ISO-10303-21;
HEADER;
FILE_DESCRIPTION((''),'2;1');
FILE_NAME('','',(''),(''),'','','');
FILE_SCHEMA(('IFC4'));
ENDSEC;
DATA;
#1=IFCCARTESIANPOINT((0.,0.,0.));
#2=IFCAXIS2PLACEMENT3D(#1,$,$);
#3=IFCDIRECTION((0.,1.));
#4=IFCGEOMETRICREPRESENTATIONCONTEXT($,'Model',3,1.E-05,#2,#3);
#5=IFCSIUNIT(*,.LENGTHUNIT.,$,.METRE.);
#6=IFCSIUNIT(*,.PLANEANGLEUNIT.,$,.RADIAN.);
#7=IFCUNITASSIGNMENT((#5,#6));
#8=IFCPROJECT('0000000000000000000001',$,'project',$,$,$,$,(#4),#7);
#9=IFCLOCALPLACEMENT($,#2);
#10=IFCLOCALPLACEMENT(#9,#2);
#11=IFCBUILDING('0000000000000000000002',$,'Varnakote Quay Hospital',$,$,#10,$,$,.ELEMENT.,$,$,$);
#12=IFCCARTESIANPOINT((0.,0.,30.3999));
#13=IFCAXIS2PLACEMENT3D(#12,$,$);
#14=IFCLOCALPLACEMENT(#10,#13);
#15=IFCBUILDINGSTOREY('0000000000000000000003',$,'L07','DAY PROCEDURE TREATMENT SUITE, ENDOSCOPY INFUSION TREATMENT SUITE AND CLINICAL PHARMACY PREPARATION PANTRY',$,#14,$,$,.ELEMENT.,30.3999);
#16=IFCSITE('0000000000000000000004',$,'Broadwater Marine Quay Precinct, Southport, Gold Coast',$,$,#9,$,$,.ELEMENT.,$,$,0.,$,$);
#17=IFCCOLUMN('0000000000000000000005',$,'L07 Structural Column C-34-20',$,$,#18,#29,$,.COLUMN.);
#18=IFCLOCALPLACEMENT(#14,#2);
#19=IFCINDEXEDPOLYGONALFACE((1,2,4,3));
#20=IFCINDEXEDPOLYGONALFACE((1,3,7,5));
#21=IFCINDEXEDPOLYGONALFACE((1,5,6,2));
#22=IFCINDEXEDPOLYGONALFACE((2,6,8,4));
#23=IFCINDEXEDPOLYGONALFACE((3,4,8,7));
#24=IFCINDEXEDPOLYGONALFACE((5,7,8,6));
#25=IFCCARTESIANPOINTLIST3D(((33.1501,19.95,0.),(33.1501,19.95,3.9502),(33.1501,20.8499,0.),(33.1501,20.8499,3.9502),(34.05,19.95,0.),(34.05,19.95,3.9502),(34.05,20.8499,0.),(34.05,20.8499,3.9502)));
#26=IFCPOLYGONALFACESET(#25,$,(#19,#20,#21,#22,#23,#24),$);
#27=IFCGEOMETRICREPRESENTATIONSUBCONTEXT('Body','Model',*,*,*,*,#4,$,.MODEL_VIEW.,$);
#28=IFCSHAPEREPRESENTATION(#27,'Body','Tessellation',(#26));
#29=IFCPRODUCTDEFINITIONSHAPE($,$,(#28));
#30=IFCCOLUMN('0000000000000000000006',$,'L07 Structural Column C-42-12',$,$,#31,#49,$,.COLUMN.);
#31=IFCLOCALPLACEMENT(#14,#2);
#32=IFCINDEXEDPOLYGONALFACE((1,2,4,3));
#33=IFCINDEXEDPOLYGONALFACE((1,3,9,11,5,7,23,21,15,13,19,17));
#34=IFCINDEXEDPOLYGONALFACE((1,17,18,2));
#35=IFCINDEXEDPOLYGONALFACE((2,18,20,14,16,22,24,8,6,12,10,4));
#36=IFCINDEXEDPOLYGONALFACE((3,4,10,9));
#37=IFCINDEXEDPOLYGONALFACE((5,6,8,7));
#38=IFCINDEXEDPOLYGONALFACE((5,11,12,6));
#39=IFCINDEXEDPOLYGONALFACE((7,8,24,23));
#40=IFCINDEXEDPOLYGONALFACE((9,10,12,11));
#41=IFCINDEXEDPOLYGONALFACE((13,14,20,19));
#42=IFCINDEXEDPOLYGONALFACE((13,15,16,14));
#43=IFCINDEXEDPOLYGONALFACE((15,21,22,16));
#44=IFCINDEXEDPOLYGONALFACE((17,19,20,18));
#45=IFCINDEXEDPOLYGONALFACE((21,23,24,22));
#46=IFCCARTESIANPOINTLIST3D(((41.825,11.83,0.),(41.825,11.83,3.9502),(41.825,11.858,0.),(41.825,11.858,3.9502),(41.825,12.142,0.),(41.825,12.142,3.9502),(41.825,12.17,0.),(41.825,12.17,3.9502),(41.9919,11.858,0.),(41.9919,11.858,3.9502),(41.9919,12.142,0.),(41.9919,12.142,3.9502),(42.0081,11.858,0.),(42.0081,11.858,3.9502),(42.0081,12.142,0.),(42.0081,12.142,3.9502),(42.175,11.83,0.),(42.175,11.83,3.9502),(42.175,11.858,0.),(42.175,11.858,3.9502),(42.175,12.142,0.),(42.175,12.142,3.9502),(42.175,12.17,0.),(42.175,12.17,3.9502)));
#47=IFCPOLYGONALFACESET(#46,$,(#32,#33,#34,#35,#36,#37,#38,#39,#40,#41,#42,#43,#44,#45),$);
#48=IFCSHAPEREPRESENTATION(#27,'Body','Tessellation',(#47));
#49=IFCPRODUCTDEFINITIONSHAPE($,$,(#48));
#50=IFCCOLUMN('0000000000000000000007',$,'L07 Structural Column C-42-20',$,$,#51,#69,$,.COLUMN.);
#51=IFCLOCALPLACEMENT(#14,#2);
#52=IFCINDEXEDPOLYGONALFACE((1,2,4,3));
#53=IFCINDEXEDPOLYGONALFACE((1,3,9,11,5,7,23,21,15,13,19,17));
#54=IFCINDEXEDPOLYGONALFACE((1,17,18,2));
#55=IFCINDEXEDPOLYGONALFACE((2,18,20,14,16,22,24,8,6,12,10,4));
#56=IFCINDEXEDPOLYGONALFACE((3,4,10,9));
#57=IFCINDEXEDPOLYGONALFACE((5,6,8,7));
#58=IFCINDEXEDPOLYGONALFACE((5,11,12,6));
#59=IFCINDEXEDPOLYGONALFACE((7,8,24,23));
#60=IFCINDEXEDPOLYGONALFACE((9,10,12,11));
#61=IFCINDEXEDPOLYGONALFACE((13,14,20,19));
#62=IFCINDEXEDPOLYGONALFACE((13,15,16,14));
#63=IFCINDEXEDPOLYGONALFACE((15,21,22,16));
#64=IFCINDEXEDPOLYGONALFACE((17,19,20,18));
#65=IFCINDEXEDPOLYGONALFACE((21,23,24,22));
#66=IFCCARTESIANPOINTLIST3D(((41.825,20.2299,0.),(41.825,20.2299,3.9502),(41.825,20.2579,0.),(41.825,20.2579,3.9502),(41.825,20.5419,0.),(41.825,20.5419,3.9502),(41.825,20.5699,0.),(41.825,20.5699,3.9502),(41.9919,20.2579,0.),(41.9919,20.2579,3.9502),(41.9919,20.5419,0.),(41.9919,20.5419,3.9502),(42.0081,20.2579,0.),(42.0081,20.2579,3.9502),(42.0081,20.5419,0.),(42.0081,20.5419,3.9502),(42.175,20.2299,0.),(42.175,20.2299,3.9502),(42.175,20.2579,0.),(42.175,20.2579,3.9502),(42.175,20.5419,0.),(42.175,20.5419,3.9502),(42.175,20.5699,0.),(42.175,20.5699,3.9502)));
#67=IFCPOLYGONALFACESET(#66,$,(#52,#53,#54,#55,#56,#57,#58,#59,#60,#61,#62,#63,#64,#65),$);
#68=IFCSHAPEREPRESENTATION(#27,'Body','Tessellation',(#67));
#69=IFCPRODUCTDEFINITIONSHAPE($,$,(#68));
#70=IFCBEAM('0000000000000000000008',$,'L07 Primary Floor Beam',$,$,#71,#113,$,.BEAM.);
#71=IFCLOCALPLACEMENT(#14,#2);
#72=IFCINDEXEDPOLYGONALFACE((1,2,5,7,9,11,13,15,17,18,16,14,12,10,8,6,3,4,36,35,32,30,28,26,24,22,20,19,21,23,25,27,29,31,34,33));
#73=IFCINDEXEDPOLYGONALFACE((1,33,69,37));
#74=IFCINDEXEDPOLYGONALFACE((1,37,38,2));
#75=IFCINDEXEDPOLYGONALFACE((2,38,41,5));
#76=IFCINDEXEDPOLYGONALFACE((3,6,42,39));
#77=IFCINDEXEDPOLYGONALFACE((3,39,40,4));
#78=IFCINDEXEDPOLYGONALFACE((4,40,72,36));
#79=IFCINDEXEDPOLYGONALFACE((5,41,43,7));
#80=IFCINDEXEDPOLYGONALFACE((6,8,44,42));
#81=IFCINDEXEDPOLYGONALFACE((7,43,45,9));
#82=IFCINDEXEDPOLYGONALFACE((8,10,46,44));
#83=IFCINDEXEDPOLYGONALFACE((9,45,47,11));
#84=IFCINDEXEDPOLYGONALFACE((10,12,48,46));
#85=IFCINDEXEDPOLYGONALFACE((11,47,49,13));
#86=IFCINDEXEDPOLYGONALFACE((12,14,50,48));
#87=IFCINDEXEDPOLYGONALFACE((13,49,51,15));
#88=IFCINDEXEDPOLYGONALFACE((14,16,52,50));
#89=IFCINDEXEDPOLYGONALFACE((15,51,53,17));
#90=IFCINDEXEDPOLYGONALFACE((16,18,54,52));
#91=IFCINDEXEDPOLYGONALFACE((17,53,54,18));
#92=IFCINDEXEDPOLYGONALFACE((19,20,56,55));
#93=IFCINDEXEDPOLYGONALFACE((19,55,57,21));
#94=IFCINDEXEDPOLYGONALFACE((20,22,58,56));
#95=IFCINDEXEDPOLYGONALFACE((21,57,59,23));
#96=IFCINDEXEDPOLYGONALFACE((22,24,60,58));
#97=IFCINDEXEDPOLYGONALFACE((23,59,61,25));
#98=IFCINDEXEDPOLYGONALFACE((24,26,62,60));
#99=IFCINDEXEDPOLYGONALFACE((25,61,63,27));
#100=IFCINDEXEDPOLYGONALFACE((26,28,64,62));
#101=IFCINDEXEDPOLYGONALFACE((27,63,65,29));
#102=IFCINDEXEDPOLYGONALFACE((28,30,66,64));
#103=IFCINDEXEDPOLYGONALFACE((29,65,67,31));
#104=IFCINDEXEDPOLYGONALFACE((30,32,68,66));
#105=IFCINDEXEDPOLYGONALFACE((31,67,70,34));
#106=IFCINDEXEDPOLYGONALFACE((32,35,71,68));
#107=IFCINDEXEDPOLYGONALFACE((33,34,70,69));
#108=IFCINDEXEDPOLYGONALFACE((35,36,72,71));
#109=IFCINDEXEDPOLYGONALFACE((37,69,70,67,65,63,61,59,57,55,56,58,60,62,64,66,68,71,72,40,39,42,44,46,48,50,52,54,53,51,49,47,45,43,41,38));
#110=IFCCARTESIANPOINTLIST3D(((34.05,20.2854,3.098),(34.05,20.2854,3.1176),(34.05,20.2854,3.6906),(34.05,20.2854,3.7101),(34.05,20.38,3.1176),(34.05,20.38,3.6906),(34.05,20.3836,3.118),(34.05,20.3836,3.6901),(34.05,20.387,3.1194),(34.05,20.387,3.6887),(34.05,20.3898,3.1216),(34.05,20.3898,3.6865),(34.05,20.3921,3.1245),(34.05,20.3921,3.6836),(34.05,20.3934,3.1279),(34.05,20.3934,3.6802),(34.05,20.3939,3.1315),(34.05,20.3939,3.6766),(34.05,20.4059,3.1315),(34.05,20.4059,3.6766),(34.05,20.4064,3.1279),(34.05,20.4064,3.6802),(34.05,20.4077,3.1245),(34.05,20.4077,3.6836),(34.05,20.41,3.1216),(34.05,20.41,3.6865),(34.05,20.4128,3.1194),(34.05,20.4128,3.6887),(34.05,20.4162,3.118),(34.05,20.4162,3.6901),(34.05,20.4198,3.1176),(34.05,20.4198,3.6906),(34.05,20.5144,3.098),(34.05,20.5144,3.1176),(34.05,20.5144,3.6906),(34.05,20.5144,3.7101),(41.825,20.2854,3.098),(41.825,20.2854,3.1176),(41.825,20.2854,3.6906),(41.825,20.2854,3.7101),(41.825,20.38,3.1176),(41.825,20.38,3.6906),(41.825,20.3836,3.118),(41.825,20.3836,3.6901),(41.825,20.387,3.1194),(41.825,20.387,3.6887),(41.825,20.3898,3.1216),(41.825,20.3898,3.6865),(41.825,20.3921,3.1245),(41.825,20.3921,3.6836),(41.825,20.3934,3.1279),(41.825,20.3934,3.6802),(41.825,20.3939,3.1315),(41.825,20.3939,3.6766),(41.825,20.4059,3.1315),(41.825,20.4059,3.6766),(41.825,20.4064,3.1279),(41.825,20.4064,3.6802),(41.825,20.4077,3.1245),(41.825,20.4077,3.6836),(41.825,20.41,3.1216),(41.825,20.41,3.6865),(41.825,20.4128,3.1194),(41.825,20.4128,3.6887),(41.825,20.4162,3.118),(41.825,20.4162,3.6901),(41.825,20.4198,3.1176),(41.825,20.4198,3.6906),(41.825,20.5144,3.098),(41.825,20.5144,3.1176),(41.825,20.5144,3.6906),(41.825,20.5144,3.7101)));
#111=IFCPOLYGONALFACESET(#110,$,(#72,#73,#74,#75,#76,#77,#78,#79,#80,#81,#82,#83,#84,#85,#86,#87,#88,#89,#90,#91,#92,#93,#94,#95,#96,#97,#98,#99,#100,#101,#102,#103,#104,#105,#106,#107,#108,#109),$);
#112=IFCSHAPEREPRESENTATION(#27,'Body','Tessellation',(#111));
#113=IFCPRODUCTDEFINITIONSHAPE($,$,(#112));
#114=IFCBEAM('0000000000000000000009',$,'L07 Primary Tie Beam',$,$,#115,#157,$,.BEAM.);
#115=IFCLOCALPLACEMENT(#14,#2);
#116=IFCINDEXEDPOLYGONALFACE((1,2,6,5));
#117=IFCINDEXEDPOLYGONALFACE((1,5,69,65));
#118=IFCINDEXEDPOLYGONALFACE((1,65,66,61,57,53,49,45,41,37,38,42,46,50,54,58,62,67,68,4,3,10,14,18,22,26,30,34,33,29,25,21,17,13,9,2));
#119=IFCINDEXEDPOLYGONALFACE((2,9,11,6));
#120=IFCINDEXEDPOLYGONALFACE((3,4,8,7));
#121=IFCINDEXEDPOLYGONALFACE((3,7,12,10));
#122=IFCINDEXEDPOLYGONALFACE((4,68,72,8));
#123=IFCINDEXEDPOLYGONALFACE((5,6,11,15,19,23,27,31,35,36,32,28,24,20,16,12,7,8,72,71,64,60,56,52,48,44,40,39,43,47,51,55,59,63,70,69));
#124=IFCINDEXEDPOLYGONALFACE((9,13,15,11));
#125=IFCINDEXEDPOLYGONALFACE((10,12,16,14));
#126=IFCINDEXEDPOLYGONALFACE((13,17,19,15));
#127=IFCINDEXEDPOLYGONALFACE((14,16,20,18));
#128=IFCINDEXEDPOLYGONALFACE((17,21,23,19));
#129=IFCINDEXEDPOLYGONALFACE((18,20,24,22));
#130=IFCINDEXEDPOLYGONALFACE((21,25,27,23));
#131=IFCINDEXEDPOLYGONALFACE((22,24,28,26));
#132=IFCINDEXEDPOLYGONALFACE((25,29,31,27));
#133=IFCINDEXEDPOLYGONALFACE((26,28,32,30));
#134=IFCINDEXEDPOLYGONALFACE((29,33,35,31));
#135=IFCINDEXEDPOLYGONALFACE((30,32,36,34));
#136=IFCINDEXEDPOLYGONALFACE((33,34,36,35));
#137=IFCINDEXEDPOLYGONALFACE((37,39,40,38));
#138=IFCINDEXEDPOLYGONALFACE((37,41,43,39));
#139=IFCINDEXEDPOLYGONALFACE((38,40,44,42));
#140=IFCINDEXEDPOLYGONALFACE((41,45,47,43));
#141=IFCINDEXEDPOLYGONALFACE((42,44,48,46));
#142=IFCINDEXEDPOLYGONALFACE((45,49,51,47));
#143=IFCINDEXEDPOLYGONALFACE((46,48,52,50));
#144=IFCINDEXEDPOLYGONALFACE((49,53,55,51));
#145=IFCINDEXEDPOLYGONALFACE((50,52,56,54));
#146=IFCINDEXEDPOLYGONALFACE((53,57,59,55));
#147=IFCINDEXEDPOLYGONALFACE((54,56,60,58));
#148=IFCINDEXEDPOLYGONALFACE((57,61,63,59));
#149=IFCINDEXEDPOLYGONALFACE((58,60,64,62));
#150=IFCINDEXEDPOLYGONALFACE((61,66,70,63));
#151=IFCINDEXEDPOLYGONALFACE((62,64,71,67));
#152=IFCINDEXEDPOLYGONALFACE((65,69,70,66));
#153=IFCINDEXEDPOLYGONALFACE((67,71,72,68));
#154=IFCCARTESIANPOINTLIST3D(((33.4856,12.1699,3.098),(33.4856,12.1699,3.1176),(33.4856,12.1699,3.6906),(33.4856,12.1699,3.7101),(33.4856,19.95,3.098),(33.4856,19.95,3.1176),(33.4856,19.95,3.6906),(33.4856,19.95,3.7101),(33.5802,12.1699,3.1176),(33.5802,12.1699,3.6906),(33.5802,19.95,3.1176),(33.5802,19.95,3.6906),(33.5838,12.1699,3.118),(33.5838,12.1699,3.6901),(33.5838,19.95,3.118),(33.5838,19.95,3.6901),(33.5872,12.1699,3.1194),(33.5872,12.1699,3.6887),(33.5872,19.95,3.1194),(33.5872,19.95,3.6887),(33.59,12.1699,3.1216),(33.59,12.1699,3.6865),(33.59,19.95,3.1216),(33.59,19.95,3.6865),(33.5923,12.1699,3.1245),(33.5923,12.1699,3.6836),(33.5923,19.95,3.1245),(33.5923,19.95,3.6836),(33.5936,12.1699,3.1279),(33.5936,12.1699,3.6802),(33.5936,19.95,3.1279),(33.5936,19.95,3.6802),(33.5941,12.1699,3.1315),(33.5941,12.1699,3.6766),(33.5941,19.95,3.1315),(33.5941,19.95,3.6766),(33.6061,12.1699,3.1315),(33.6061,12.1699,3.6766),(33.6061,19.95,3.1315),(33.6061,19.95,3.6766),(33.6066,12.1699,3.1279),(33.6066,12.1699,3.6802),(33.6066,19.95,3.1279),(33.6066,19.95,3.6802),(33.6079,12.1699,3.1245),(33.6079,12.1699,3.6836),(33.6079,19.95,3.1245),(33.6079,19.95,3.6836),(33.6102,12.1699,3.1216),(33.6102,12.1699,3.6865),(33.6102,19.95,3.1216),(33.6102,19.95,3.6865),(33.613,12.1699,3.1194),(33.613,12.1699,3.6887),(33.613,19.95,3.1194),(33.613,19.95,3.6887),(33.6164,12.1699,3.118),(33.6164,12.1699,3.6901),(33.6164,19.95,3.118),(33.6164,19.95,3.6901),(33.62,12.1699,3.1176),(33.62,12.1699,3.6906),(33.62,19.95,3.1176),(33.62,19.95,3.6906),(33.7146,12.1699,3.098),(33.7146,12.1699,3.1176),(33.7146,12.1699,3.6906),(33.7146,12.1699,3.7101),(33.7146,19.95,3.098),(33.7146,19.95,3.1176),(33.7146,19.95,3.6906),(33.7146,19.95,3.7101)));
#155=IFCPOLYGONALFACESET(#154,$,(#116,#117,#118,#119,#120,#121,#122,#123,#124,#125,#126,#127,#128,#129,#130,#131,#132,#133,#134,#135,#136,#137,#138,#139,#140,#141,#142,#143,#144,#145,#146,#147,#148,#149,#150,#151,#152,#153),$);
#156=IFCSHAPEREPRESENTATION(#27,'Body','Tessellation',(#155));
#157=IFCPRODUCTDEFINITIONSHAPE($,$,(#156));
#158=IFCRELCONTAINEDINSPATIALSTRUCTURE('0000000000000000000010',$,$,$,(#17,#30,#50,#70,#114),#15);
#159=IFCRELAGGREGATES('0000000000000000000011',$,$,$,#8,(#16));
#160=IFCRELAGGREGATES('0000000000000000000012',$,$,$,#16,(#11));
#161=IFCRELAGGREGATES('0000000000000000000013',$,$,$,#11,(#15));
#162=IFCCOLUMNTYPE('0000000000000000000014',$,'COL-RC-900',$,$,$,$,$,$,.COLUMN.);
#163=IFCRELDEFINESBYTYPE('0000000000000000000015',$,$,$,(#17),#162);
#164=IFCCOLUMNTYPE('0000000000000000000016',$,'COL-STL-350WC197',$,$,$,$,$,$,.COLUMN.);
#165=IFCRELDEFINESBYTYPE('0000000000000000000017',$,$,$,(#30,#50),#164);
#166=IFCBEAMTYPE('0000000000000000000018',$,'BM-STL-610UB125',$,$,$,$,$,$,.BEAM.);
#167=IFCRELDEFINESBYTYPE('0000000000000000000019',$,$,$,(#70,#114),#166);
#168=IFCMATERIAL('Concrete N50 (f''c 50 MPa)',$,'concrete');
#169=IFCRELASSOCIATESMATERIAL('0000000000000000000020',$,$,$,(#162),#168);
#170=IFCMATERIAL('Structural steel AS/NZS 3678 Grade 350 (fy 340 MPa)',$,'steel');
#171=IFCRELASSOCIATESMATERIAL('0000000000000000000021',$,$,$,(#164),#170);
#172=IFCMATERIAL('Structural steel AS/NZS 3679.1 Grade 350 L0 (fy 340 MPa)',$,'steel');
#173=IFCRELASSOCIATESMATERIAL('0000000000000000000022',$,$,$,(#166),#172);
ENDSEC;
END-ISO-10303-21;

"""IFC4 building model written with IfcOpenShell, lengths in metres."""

from ifc_helpers import new_model, si_unit, direction, frame, origin, origin_2d, place, context, subcontext, project, spatial, rectangle, i_section, extrude, material, material_profile, profile_set, type_object, element, save


model = new_model("IFC4")

# Units and contexts
model_context = context("Model", 3, precision=1e-05, world=origin(), true_north=direction((0.0, 1.0)))
body_context = subcontext(model_context, "Body", "Model", "MODEL_VIEW")
ifc_project = project(units=[si_unit("LENGTHUNIT", "METRE"), si_unit("PLANEANGLEUNIT", "RADIAN")], contexts=[model_context])

# Site, building, storey
site_placement = place(None, origin())
site = spatial("IfcSite", under=ifc_project, at=site_placement, Name="Broadwater Marine Quay Precinct, Southport, Gold Coast", CompositionType="ELEMENT", RefElevation=0.0)
building_placement = place(site_placement, origin())
building = spatial("IfcBuilding", under=site, at=building_placement, Name="Varnakote Quay Hospital", CompositionType="ELEMENT")
storey_placement = place(building_placement, frame((0.0, 0.0, 30.3999)))
storey = spatial("IfcBuildingStorey", under=building, at=storey_placement, Name="L07", Description="DAY PROCEDURE TREATMENT SUITE, ENDOSCOPY INFUSION TREATMENT SUITE AND CLINICAL PHARMACY PREPARATION PANTRY", CompositionType="ELEMENT", Elevation=30.3999)

# Columns
ifc_material_1 = material(Name="Concrete N50 (f'c 50 MPa)", Category="concrete")
ifc_material_profile_1 = material_profile(ifc_material_1, rectangle(XDim=0.8999, YDim=0.8999, at=origin_2d()), Name="RC-COL-900x900")
ifc_profile_set_1 = profile_set([ifc_material_profile_1], Name="Concrete N50 (f'c 50 MPa)")
column_type_1 = type_object("IfcColumnType", Name="COL-RC-900", PredefinedType="COLUMN", material=ifc_profile_set_1)
column_placement = place(storey_placement, frame((33.6001, 20.3999, 0.0), z_axis=(0.0, 0.0, 1.0), x_axis=(1.0, 0.0, 0.0)))
element("IfcColumn", 1, at=column_placement, inside=storey, type_object=column_type_1, Name="L07 Structural Column C-34-20", PredefinedType="COLUMN", context=body_context, shape_type="SweptSolid", body=[
    extrude(rectangle(XDim=0.8999, YDim=0.8999, at=origin_2d()), origin(), (0.0, 0.0, 1.0), 3.9502),
])
ifc_material_2 = material(Name="Structural steel AS/NZS 3678 Grade 350 (fy 340 MPa)", Category="steel")
ifc_material_profile_2 = material_profile(ifc_material_2, i_section(OverallWidth=0.3501, OverallDepth=0.3401, WebThickness=0.0161, FlangeThickness=0.0281, at=origin_2d()), Name="350WC197")
ifc_profile_set_2 = profile_set([ifc_material_profile_2], Name="Structural steel AS/NZS 3678 Grade 350 (fy 340 MPa)")
column_type_2 = type_object("IfcColumnType", Name="COL-STL-350WC197", PredefinedType="COLUMN", material=ifc_profile_set_2)
for number, where, z_axis, x_axis, name in (
    (2, (42.0, 12.0, 0.0), (0.0, 0.0, 1.0), (1.0, 0.0, 0.0), "L07 Structural Column C-42-12"),
    (3, (42.0, 20.3999, 0.0), (0.0, 0.0, 1.0), (1.0, 0.0, 0.0), "L07 Structural Column C-42-20"),
):
    element("IfcColumn", number, at=place(storey_placement, frame(where, z_axis=z_axis, x_axis=x_axis)), inside=storey, type_object=column_type_2, Name=name, PredefinedType="COLUMN", context=body_context, shape_type="SweptSolid", body=[
        extrude(i_section(OverallWidth=0.3501, OverallDepth=0.3401, WebThickness=0.0161, FlangeThickness=0.0281, at=origin_2d()), origin(), (0.0, 0.0, 1.0), 3.9502),
    ])

# Beams
ifc_material_3 = material(Name="Structural steel AS/NZS 3679.1 Grade 350 L0 (fy 340 MPa)", Category="steel")
ifc_material_profile_3 = material_profile(ifc_material_3, i_section(OverallWidth=0.229, OverallDepth=0.6121, WebThickness=0.012, FlangeThickness=0.0195, FilletRadius=0.0139, at=origin_2d()), Name="610UB125")
ifc_profile_set_3 = profile_set([ifc_material_profile_3], Name="Structural steel AS/NZS 3679.1 Grade 350 L0 (fy 340 MPa)")
beam_type_1 = type_object("IfcBeamType", Name="BM-STL-610UB125", PredefinedType="BEAM", material=ifc_profile_set_3)
beam_1_placement = place(storey_placement, frame((34.05, 20.3999, 3.4041), z_axis=(1.0, 0.0, 0.0), x_axis=(0.0, 1.0, 0.0)))
element("IfcBeam", 4, at=beam_1_placement, inside=storey, type_object=beam_type_1, Name="L07 Primary Floor Beam", PredefinedType="BEAM", context=body_context, shape_type="SweptSolid", body=[
    extrude(i_section(OverallWidth=0.229, OverallDepth=0.6121, WebThickness=0.012, FlangeThickness=0.0195, FilletRadius=0.0139, at=origin_2d()), origin(), (0.0, 0.0, 1.0), 7.7749),
])
beam_2_placement = place(storey_placement, frame((33.6001, 12.1699, 3.4041), z_axis=(0.0, 1.0, 0.0), x_axis=(-1.0, 0.0, 0.0)))
element("IfcBeam", 5, at=beam_2_placement, inside=storey, type_object=beam_type_1, Name="L07 Primary Tie Beam", PredefinedType="BEAM", context=body_context, shape_type="SweptSolid", body=[
    extrude(i_section(OverallWidth=0.229, OverallDepth=0.6121, WebThickness=0.012, FlangeThickness=0.0195, FilletRadius=0.0139, at=origin_2d()), origin(), (0.0, 0.0, 1.0), 7.78),
])

save(model, "model.ifc")
